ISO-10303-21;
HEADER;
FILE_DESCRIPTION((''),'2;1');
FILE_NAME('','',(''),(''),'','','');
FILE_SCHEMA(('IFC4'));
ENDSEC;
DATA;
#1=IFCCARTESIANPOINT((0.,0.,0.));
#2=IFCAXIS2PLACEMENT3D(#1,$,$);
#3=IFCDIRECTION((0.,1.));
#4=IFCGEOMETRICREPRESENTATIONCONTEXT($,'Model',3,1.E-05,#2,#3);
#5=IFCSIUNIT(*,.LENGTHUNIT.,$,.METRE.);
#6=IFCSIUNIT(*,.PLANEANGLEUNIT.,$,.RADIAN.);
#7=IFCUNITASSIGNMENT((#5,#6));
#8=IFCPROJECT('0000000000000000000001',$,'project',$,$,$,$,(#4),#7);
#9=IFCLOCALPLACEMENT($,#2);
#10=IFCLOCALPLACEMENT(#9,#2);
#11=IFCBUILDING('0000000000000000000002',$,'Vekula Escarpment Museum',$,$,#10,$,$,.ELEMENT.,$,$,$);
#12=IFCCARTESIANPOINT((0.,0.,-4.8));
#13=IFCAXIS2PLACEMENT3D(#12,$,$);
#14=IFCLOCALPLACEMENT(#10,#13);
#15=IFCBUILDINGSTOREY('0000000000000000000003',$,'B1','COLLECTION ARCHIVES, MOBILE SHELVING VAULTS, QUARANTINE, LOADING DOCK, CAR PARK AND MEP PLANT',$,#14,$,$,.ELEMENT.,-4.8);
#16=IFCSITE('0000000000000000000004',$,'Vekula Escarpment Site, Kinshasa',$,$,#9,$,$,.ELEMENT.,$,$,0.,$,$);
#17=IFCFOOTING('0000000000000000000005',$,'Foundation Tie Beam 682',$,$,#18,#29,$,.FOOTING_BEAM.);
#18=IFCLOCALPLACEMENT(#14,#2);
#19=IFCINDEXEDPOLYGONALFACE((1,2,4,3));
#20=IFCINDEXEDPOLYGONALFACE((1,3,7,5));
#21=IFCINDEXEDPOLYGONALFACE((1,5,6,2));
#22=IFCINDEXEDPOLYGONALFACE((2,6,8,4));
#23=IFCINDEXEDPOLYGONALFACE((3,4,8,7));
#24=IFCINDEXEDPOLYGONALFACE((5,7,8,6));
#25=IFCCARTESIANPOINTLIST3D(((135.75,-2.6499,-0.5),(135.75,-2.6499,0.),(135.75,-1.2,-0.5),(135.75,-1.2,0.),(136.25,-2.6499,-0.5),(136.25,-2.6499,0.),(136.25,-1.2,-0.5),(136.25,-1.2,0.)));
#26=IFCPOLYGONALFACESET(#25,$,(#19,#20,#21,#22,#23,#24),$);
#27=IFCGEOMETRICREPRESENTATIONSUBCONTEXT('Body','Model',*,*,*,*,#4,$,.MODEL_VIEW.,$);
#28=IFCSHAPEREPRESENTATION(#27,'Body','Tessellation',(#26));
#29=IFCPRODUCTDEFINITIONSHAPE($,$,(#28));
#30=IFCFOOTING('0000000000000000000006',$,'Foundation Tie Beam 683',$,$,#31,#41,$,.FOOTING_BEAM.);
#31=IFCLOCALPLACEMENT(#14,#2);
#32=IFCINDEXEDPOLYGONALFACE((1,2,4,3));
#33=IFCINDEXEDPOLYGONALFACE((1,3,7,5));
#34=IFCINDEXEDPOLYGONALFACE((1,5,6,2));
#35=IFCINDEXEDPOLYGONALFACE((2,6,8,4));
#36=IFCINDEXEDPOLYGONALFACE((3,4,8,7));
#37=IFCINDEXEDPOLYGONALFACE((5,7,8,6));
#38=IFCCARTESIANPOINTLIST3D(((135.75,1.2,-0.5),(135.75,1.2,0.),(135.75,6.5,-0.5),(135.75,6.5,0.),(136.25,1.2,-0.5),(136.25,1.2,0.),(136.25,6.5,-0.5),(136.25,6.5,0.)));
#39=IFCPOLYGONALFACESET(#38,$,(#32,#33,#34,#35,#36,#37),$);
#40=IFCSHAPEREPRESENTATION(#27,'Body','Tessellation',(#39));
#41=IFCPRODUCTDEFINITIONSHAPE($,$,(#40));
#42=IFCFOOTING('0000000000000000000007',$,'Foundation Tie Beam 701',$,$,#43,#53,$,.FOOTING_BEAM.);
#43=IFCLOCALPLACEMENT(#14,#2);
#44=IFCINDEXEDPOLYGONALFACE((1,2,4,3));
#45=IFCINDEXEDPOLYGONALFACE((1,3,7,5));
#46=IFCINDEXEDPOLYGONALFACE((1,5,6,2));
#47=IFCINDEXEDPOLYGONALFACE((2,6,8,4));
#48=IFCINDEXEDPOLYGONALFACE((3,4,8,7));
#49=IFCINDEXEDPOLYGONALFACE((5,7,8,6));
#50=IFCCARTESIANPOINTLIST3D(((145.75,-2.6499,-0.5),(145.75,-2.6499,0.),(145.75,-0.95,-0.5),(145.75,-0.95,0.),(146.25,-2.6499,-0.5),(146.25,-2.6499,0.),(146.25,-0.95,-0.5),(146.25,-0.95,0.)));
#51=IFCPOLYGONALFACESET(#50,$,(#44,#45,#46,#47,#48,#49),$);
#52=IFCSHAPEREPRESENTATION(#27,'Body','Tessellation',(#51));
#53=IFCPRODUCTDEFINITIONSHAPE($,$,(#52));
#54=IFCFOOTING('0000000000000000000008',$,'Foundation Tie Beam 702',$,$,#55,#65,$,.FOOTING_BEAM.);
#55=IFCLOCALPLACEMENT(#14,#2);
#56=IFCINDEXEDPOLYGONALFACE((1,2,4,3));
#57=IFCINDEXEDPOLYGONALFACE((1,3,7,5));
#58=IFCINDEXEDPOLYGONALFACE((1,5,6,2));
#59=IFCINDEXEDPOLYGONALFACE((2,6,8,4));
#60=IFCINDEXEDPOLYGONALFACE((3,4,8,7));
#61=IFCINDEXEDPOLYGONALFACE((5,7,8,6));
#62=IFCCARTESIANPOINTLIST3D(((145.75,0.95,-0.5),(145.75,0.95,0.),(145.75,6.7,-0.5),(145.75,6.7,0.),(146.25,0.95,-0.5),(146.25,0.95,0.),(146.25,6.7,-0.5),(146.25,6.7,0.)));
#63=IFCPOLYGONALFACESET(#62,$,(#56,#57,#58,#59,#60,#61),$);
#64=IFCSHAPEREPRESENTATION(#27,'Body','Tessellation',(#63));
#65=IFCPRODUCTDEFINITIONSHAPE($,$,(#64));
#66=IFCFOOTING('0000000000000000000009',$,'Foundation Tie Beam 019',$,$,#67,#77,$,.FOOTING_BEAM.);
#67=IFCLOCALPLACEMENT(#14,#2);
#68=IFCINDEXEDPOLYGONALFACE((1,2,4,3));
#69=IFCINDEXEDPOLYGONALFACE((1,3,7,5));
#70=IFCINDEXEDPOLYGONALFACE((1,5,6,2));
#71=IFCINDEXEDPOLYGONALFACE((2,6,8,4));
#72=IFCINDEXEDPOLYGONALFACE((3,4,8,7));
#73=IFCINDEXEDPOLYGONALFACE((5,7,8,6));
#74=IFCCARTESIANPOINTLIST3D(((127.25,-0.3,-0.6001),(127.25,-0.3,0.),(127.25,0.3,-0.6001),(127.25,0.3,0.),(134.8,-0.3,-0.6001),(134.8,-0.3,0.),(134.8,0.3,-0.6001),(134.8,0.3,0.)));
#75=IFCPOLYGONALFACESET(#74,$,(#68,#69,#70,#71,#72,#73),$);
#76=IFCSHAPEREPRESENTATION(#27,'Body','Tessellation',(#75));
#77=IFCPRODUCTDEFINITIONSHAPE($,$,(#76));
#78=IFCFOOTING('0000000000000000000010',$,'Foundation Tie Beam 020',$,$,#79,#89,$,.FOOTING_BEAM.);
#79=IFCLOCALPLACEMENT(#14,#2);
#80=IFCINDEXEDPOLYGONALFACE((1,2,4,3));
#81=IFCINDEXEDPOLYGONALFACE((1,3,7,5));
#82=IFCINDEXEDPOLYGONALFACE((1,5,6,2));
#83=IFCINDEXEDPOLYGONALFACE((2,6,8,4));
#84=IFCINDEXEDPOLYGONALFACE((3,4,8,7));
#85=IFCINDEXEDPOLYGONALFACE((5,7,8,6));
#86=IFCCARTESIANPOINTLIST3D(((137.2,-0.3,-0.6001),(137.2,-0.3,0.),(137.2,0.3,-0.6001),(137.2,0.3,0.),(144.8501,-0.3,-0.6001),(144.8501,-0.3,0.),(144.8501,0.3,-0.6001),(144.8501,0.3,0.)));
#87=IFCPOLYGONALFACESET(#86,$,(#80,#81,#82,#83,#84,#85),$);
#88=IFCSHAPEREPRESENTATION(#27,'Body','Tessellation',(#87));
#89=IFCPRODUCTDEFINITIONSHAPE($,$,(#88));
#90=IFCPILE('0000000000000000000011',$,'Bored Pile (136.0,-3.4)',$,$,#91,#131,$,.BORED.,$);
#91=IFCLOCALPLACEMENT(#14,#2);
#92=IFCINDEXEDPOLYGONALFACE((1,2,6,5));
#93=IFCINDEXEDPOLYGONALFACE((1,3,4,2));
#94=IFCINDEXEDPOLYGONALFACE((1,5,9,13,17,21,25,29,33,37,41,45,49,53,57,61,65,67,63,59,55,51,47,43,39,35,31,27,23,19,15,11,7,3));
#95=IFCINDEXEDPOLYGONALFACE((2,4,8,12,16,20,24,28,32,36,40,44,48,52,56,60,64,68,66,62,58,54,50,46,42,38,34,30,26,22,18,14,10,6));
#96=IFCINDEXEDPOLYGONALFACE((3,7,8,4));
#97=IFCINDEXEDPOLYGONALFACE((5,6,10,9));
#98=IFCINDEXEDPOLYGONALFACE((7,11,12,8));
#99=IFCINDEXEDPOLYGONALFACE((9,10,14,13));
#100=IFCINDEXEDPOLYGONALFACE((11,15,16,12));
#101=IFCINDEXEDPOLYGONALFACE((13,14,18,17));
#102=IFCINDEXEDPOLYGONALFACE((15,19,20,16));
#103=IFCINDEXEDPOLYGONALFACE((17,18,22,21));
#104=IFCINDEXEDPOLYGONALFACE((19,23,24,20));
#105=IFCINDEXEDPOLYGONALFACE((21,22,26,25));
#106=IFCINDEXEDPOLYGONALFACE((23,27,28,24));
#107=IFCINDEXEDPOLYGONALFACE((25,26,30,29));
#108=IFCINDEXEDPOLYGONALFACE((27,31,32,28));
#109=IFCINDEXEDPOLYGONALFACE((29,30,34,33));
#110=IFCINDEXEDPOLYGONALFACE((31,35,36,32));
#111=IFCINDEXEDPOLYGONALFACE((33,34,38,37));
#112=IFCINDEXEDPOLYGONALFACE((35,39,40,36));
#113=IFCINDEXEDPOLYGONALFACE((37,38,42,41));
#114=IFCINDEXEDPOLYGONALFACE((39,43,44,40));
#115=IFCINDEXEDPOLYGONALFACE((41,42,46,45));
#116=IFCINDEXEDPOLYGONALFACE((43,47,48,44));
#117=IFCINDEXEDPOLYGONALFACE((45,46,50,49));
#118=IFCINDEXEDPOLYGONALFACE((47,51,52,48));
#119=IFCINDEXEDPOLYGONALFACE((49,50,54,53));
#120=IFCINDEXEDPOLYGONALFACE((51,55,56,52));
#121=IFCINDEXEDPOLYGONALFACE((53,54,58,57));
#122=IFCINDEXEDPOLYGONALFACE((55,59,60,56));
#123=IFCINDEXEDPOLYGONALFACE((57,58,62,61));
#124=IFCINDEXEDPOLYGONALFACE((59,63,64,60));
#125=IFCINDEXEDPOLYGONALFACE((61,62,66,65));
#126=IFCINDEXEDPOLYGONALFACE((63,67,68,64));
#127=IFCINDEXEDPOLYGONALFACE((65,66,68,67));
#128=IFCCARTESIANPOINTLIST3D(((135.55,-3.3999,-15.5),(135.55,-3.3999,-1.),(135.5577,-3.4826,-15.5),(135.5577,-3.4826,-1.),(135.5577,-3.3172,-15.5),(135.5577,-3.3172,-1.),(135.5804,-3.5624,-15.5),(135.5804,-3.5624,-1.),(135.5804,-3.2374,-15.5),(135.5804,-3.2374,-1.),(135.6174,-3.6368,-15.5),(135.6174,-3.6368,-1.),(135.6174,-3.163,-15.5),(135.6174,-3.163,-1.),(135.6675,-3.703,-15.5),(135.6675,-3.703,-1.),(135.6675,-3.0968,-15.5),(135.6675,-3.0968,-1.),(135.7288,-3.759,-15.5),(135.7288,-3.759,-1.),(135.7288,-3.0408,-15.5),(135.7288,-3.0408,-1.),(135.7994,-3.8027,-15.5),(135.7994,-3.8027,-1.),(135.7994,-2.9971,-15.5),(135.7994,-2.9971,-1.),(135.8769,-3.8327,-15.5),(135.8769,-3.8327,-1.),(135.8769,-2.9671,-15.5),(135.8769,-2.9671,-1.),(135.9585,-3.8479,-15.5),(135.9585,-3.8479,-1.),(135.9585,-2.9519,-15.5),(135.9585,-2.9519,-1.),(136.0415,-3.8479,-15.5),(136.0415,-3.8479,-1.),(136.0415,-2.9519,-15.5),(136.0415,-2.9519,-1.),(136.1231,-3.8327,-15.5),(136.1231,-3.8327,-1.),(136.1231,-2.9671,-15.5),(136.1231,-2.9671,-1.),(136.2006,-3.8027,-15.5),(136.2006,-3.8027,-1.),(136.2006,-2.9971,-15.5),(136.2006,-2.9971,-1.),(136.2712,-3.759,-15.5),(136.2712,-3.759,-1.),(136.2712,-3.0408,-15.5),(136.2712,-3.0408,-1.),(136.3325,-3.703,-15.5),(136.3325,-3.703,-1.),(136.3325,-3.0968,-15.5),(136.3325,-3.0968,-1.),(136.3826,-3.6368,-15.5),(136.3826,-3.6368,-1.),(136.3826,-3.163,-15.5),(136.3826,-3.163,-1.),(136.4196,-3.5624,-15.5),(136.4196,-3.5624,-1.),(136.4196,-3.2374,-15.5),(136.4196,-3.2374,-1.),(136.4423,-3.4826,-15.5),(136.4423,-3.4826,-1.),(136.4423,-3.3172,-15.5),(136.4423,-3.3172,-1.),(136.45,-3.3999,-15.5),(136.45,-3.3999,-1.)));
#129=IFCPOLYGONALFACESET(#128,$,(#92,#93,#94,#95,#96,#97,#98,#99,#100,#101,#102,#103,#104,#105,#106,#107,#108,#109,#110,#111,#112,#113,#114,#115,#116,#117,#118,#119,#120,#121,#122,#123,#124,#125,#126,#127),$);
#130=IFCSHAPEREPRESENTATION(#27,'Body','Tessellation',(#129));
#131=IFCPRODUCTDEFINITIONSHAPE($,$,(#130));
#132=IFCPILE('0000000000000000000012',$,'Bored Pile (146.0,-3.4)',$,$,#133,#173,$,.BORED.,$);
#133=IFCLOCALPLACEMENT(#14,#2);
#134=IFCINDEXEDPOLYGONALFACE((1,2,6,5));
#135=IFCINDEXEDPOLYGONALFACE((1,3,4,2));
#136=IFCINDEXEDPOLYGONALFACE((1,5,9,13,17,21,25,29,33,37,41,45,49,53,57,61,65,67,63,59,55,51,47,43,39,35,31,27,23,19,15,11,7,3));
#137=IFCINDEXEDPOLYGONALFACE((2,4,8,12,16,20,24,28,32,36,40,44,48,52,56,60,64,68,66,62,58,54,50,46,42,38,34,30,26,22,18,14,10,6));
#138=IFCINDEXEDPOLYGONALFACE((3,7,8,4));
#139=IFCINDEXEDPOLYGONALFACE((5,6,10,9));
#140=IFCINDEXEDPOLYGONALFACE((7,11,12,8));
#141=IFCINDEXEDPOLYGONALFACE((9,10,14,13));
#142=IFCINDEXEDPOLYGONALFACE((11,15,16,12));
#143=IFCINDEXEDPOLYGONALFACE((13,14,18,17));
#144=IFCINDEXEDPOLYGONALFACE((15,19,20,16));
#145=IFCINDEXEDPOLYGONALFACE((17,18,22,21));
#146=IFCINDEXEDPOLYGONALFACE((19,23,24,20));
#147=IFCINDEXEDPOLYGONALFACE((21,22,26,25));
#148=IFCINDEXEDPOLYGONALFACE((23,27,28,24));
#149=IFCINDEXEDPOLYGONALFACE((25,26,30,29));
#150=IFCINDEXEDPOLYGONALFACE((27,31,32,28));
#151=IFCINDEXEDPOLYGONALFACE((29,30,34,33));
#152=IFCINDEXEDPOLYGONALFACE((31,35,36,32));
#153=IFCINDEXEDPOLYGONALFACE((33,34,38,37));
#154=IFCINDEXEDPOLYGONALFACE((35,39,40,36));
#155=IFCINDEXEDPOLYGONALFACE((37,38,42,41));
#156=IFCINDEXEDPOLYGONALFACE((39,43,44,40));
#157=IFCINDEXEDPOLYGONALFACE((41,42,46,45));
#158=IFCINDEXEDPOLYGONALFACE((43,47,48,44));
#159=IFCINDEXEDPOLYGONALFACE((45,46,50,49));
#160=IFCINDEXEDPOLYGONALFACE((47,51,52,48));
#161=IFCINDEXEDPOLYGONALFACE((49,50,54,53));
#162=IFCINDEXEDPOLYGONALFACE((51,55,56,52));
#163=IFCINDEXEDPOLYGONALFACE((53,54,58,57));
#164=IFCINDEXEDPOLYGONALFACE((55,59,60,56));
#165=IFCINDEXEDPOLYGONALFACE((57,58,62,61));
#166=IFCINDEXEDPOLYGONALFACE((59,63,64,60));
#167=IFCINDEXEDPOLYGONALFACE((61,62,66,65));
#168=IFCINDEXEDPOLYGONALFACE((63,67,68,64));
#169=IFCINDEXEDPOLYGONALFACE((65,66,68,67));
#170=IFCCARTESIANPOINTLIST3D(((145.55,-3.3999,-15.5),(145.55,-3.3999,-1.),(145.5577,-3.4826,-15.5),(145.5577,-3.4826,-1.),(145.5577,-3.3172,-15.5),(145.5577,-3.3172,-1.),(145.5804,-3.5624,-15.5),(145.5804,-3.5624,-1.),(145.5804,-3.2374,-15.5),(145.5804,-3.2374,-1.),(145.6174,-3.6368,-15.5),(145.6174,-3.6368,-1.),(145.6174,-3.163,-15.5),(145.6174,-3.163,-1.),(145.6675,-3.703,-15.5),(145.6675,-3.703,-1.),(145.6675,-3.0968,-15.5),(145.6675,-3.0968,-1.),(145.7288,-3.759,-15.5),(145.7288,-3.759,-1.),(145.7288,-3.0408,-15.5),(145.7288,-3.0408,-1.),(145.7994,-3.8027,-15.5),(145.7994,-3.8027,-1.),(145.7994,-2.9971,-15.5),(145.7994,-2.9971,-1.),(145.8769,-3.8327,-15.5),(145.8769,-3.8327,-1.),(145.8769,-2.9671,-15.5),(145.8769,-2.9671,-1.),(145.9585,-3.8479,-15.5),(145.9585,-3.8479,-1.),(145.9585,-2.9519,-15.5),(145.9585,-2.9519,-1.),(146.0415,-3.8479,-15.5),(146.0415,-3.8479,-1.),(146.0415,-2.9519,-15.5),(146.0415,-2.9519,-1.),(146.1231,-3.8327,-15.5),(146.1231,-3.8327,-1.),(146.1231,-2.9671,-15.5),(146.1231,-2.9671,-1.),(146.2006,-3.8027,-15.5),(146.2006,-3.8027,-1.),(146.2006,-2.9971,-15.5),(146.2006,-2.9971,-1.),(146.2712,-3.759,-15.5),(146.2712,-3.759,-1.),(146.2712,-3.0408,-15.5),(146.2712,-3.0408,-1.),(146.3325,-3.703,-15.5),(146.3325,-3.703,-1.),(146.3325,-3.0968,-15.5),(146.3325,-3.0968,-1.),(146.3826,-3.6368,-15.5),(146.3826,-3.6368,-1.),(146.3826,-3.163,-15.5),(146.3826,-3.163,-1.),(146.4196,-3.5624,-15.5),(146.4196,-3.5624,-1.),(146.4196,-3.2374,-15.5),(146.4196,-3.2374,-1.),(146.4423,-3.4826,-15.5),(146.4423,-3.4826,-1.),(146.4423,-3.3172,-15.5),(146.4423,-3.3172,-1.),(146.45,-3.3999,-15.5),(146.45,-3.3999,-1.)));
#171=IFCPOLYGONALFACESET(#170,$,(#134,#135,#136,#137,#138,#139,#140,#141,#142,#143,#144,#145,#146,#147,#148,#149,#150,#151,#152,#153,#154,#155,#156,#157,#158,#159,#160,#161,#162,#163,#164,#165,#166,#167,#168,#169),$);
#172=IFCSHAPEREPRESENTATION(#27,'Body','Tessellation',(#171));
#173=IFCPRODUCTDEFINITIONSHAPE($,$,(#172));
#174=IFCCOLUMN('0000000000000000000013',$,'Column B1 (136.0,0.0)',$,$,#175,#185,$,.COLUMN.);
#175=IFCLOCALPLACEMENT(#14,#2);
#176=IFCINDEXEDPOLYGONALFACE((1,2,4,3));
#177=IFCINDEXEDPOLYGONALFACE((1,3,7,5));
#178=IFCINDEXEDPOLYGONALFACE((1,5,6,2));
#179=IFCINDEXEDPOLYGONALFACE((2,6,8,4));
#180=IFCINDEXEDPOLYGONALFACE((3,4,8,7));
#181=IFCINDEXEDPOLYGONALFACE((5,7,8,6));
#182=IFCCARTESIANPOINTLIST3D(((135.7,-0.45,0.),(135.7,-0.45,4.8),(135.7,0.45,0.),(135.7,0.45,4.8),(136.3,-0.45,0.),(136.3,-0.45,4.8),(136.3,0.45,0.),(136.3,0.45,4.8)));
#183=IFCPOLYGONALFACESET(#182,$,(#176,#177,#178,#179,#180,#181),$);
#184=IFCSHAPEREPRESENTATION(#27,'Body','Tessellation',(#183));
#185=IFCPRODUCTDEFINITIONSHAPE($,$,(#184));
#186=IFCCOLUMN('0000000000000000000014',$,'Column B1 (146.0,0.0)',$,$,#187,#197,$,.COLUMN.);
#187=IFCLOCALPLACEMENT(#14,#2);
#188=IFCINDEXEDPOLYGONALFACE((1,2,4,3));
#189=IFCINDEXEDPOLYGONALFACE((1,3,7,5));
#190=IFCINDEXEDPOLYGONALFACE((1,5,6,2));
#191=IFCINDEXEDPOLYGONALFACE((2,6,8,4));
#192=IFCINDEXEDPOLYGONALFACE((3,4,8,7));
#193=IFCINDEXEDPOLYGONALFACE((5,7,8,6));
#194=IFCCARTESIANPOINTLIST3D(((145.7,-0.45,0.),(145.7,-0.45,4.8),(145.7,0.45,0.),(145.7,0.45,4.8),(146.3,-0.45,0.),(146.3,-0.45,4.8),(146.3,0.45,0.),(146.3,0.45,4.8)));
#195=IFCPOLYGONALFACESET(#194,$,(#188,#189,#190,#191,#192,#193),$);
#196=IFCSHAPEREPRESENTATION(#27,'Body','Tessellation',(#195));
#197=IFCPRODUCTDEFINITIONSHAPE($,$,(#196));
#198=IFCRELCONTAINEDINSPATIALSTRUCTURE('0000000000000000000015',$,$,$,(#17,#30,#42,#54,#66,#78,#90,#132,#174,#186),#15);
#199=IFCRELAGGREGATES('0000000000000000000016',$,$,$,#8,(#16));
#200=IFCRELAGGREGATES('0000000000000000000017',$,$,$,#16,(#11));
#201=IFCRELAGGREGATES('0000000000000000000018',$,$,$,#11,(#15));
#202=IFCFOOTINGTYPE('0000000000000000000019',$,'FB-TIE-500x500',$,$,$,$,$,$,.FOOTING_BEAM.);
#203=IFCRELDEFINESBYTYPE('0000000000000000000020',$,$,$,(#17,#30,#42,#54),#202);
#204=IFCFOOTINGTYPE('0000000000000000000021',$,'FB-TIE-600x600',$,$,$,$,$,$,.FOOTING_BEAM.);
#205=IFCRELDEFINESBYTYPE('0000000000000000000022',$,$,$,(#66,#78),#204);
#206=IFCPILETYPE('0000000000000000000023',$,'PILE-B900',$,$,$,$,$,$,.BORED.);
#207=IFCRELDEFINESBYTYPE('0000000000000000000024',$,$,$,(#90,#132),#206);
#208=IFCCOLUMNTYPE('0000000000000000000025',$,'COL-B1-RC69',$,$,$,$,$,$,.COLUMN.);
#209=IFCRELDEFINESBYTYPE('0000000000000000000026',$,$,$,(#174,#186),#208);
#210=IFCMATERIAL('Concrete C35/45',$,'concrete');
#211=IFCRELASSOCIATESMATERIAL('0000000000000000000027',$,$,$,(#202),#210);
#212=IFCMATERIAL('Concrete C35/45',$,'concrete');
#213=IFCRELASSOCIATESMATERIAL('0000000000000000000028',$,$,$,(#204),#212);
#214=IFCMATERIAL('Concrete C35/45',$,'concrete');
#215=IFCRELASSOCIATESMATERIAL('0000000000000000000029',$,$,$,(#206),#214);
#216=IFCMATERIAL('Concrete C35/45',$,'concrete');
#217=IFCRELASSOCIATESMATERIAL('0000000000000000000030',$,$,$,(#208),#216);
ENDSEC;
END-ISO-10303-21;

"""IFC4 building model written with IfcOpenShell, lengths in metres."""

from ifc_helpers import new_model, si_unit, direction, frame, origin, origin_2d, place, context, subcontext, project, spatial, rectangle, circle, extrude, material, material_profile, profile_set, type_object, element, save


model = new_model("IFC4")

# Units and contexts
model_context = context("Model", 3, precision=1e-05, world=origin(), true_north=direction((0.0, 1.0)))
body_context = subcontext(model_context, "Body", "Model", "MODEL_VIEW")
ifc_project = project(units=[si_unit("LENGTHUNIT", "METRE"), si_unit("PLANEANGLEUNIT", "RADIAN")], contexts=[model_context])

# Site, building, storey
site_placement = place(None, origin())
site = spatial("IfcSite", under=ifc_project, at=site_placement, Name="Vekula Escarpment Site, Kinshasa", CompositionType="ELEMENT", RefElevation=0.0)
building_placement = place(site_placement, origin())
building = spatial("IfcBuilding", under=site, at=building_placement, Name="Vekula Escarpment Museum", CompositionType="ELEMENT")
storey_placement = place(building_placement, frame((0.0, 0.0, -4.8)))
storey = spatial("IfcBuildingStorey", under=building, at=storey_placement, Name="B1", Description="COLLECTION ARCHIVES, MOBILE SHELVING VAULTS, QUARANTINE, LOADING DOCK, CAR PARK AND MEP PLANT", CompositionType="ELEMENT", Elevation=-4.8)

# Footings
ifc_material_1 = material(Name="Concrete C35/45", Category="concrete")
ifc_material_profile_1 = material_profile(ifc_material_1, rectangle(XDim=0.5, YDim=0.5, at=origin_2d()), Name="RC 500x500")
ifc_profile_set_1 = profile_set([ifc_material_profile_1], Name="Concrete C35/45")
footing_type_1 = type_object("IfcFootingType", Name="FB-TIE-500x500", PredefinedType="FOOTING_BEAM", material=ifc_profile_set_1)
footing_1_placement = place(storey_placement, frame((136.0, -2.6499, -0.25), z_axis=(0.0, 1.0, 0.0), x_axis=(-1.0, 0.0, 0.0)))
element("IfcFooting", 1, at=footing_1_placement, inside=storey, type_object=footing_type_1, Name="Foundation Tie Beam 682", PredefinedType="FOOTING_BEAM", context=body_context, shape_type="SweptSolid", body=[
    extrude(rectangle(XDim=0.5, YDim=0.5, at=origin_2d()), origin(), (0.0, 0.0, 1.0), 1.45),
])
footing_2_placement = place(storey_placement, frame((136.0, 1.2, -0.25), z_axis=(0.0, 1.0, 0.0), x_axis=(-1.0, 0.0, 0.0)))
element("IfcFooting", 2, at=footing_2_placement, inside=storey, type_object=footing_type_1, Name="Foundation Tie Beam 683", PredefinedType="FOOTING_BEAM", context=body_context, shape_type="SweptSolid", body=[
    extrude(rectangle(XDim=0.5, YDim=0.5, at=origin_2d()), origin(), (0.0, 0.0, 1.0), 5.3),
])
footing_3_placement = place(storey_placement, frame((146.0, -2.6499, -0.25), z_axis=(0.0, 1.0, 0.0), x_axis=(-1.0, 0.0, 0.0)))
element("IfcFooting", 3, at=footing_3_placement, inside=storey, type_object=footing_type_1, Name="Foundation Tie Beam 701", PredefinedType="FOOTING_BEAM", context=body_context, shape_type="SweptSolid", body=[
    extrude(rectangle(XDim=0.5, YDim=0.5, at=origin_2d()), origin(), (0.0, 0.0, 1.0), 1.7),
])
footing_4_placement = place(storey_placement, frame((146.0, 0.95, -0.25), z_axis=(0.0, 1.0, 0.0), x_axis=(-1.0, 0.0, 0.0)))
element("IfcFooting", 4, at=footing_4_placement, inside=storey, type_object=footing_type_1, Name="Foundation Tie Beam 702", PredefinedType="FOOTING_BEAM", context=body_context, shape_type="SweptSolid", body=[
    extrude(rectangle(XDim=0.5, YDim=0.5, at=origin_2d()), origin(), (0.0, 0.0, 1.0), 5.75),
])
ifc_material_2 = material(Name="Concrete C35/45", Category="concrete")
ifc_material_profile_2 = material_profile(ifc_material_2, rectangle(XDim=0.6001, YDim=0.6001, at=origin_2d()), Name="RC 600x600")
ifc_profile_set_2 = profile_set([ifc_material_profile_2], Name="Concrete C35/45")
footing_type_2 = type_object("IfcFootingType", Name="FB-TIE-600x600", PredefinedType="FOOTING_BEAM", material=ifc_profile_set_2)
footing_5_placement = place(storey_placement, frame((127.25, 0.0, -0.3), z_axis=(1.0, 0.0, 0.0), x_axis=(0.0, 1.0, 0.0)))
element("IfcFooting", 5, at=footing_5_placement, inside=storey, type_object=footing_type_2, Name="Foundation Tie Beam 019", PredefinedType="FOOTING_BEAM", context=body_context, shape_type="SweptSolid", body=[
    extrude(rectangle(XDim=0.6001, YDim=0.6001, at=origin_2d()), origin(), (0.0, 0.0, 1.0), 7.55),
])
footing_6_placement = place(storey_placement, frame((137.2, 0.0, -0.3), z_axis=(1.0, 0.0, 0.0), x_axis=(0.0, 1.0, 0.0)))
element("IfcFooting", 6, at=footing_6_placement, inside=storey, type_object=footing_type_2, Name="Foundation Tie Beam 020", PredefinedType="FOOTING_BEAM", context=body_context, shape_type="SweptSolid", body=[
    extrude(rectangle(XDim=0.6001, YDim=0.6001, at=origin_2d()), origin(), (0.0, 0.0, 1.0), 7.6501),
])

# Piles
ifc_material_3 = material(Name="Concrete C35/45", Category="concrete")
ifc_material_profile_3 = material_profile(ifc_material_3, circle(Radius=0.45, at=origin_2d()), Name="BORED PILE 900")
ifc_profile_set_3 = profile_set([ifc_material_profile_3], Name="Concrete C35/45")
pile_type = type_object("IfcPileType", Name="PILE-B900", PredefinedType="BORED", material=ifc_profile_set_3)
for number, where, z_axis, x_axis, name in (
    (7, (136.0, -3.3999, -1.0), (0.0, 0.0, -1.0), (1.0, 0.0, 0.0), "Bored Pile (136.0,-3.4)"),
    (8, (146.0, -3.3999, -1.0), (0.0, 0.0, -1.0), (1.0, 0.0, 0.0), "Bored Pile (146.0,-3.4)"),
):
    element("IfcPile", number, at=place(storey_placement, frame(where, z_axis=z_axis, x_axis=x_axis)), inside=storey, type_object=pile_type, Name=name, PredefinedType="BORED", context=body_context, shape_type="SweptSolid", body=[
        extrude(circle(Radius=0.45, at=origin_2d()), origin(), (0.0, 0.0, 1.0), 14.5),
    ])

# Columns
ifc_material_4 = material(Name="Concrete C35/45", Category="concrete")
ifc_material_profile_4 = material_profile(ifc_material_4, rectangle(XDim=0.6001, YDim=0.8999, at=origin_2d()), Name="RC 600x900")
ifc_profile_set_4 = profile_set([ifc_material_profile_4], Name="Concrete C35/45")
column_type_1 = type_object("IfcColumnType", Name="COL-B1-RC69", PredefinedType="COLUMN", material=ifc_profile_set_4)
for number, where, z_axis, x_axis, name in (
    (9, (136.0, 0.0, 0.0), (0.0, 0.0, 1.0), (1.0, 0.0, 0.0), "Column B1 (136.0,0.0)"),
    (10, (146.0, 0.0, 0.0), (0.0, 0.0, 1.0), (1.0, 0.0, 0.0), "Column B1 (146.0,0.0)"),
):
    element("IfcColumn", number, at=place(storey_placement, frame(where, z_axis=z_axis, x_axis=x_axis)), inside=storey, type_object=column_type_1, Name=name, PredefinedType="COLUMN", context=body_context, shape_type="SweptSolid", body=[
        extrude(rectangle(XDim=0.6001, YDim=0.8999, at=origin_2d()), origin(), (0.0, 0.0, 1.0), 4.8),
    ])

save(model, "model.ifc")
